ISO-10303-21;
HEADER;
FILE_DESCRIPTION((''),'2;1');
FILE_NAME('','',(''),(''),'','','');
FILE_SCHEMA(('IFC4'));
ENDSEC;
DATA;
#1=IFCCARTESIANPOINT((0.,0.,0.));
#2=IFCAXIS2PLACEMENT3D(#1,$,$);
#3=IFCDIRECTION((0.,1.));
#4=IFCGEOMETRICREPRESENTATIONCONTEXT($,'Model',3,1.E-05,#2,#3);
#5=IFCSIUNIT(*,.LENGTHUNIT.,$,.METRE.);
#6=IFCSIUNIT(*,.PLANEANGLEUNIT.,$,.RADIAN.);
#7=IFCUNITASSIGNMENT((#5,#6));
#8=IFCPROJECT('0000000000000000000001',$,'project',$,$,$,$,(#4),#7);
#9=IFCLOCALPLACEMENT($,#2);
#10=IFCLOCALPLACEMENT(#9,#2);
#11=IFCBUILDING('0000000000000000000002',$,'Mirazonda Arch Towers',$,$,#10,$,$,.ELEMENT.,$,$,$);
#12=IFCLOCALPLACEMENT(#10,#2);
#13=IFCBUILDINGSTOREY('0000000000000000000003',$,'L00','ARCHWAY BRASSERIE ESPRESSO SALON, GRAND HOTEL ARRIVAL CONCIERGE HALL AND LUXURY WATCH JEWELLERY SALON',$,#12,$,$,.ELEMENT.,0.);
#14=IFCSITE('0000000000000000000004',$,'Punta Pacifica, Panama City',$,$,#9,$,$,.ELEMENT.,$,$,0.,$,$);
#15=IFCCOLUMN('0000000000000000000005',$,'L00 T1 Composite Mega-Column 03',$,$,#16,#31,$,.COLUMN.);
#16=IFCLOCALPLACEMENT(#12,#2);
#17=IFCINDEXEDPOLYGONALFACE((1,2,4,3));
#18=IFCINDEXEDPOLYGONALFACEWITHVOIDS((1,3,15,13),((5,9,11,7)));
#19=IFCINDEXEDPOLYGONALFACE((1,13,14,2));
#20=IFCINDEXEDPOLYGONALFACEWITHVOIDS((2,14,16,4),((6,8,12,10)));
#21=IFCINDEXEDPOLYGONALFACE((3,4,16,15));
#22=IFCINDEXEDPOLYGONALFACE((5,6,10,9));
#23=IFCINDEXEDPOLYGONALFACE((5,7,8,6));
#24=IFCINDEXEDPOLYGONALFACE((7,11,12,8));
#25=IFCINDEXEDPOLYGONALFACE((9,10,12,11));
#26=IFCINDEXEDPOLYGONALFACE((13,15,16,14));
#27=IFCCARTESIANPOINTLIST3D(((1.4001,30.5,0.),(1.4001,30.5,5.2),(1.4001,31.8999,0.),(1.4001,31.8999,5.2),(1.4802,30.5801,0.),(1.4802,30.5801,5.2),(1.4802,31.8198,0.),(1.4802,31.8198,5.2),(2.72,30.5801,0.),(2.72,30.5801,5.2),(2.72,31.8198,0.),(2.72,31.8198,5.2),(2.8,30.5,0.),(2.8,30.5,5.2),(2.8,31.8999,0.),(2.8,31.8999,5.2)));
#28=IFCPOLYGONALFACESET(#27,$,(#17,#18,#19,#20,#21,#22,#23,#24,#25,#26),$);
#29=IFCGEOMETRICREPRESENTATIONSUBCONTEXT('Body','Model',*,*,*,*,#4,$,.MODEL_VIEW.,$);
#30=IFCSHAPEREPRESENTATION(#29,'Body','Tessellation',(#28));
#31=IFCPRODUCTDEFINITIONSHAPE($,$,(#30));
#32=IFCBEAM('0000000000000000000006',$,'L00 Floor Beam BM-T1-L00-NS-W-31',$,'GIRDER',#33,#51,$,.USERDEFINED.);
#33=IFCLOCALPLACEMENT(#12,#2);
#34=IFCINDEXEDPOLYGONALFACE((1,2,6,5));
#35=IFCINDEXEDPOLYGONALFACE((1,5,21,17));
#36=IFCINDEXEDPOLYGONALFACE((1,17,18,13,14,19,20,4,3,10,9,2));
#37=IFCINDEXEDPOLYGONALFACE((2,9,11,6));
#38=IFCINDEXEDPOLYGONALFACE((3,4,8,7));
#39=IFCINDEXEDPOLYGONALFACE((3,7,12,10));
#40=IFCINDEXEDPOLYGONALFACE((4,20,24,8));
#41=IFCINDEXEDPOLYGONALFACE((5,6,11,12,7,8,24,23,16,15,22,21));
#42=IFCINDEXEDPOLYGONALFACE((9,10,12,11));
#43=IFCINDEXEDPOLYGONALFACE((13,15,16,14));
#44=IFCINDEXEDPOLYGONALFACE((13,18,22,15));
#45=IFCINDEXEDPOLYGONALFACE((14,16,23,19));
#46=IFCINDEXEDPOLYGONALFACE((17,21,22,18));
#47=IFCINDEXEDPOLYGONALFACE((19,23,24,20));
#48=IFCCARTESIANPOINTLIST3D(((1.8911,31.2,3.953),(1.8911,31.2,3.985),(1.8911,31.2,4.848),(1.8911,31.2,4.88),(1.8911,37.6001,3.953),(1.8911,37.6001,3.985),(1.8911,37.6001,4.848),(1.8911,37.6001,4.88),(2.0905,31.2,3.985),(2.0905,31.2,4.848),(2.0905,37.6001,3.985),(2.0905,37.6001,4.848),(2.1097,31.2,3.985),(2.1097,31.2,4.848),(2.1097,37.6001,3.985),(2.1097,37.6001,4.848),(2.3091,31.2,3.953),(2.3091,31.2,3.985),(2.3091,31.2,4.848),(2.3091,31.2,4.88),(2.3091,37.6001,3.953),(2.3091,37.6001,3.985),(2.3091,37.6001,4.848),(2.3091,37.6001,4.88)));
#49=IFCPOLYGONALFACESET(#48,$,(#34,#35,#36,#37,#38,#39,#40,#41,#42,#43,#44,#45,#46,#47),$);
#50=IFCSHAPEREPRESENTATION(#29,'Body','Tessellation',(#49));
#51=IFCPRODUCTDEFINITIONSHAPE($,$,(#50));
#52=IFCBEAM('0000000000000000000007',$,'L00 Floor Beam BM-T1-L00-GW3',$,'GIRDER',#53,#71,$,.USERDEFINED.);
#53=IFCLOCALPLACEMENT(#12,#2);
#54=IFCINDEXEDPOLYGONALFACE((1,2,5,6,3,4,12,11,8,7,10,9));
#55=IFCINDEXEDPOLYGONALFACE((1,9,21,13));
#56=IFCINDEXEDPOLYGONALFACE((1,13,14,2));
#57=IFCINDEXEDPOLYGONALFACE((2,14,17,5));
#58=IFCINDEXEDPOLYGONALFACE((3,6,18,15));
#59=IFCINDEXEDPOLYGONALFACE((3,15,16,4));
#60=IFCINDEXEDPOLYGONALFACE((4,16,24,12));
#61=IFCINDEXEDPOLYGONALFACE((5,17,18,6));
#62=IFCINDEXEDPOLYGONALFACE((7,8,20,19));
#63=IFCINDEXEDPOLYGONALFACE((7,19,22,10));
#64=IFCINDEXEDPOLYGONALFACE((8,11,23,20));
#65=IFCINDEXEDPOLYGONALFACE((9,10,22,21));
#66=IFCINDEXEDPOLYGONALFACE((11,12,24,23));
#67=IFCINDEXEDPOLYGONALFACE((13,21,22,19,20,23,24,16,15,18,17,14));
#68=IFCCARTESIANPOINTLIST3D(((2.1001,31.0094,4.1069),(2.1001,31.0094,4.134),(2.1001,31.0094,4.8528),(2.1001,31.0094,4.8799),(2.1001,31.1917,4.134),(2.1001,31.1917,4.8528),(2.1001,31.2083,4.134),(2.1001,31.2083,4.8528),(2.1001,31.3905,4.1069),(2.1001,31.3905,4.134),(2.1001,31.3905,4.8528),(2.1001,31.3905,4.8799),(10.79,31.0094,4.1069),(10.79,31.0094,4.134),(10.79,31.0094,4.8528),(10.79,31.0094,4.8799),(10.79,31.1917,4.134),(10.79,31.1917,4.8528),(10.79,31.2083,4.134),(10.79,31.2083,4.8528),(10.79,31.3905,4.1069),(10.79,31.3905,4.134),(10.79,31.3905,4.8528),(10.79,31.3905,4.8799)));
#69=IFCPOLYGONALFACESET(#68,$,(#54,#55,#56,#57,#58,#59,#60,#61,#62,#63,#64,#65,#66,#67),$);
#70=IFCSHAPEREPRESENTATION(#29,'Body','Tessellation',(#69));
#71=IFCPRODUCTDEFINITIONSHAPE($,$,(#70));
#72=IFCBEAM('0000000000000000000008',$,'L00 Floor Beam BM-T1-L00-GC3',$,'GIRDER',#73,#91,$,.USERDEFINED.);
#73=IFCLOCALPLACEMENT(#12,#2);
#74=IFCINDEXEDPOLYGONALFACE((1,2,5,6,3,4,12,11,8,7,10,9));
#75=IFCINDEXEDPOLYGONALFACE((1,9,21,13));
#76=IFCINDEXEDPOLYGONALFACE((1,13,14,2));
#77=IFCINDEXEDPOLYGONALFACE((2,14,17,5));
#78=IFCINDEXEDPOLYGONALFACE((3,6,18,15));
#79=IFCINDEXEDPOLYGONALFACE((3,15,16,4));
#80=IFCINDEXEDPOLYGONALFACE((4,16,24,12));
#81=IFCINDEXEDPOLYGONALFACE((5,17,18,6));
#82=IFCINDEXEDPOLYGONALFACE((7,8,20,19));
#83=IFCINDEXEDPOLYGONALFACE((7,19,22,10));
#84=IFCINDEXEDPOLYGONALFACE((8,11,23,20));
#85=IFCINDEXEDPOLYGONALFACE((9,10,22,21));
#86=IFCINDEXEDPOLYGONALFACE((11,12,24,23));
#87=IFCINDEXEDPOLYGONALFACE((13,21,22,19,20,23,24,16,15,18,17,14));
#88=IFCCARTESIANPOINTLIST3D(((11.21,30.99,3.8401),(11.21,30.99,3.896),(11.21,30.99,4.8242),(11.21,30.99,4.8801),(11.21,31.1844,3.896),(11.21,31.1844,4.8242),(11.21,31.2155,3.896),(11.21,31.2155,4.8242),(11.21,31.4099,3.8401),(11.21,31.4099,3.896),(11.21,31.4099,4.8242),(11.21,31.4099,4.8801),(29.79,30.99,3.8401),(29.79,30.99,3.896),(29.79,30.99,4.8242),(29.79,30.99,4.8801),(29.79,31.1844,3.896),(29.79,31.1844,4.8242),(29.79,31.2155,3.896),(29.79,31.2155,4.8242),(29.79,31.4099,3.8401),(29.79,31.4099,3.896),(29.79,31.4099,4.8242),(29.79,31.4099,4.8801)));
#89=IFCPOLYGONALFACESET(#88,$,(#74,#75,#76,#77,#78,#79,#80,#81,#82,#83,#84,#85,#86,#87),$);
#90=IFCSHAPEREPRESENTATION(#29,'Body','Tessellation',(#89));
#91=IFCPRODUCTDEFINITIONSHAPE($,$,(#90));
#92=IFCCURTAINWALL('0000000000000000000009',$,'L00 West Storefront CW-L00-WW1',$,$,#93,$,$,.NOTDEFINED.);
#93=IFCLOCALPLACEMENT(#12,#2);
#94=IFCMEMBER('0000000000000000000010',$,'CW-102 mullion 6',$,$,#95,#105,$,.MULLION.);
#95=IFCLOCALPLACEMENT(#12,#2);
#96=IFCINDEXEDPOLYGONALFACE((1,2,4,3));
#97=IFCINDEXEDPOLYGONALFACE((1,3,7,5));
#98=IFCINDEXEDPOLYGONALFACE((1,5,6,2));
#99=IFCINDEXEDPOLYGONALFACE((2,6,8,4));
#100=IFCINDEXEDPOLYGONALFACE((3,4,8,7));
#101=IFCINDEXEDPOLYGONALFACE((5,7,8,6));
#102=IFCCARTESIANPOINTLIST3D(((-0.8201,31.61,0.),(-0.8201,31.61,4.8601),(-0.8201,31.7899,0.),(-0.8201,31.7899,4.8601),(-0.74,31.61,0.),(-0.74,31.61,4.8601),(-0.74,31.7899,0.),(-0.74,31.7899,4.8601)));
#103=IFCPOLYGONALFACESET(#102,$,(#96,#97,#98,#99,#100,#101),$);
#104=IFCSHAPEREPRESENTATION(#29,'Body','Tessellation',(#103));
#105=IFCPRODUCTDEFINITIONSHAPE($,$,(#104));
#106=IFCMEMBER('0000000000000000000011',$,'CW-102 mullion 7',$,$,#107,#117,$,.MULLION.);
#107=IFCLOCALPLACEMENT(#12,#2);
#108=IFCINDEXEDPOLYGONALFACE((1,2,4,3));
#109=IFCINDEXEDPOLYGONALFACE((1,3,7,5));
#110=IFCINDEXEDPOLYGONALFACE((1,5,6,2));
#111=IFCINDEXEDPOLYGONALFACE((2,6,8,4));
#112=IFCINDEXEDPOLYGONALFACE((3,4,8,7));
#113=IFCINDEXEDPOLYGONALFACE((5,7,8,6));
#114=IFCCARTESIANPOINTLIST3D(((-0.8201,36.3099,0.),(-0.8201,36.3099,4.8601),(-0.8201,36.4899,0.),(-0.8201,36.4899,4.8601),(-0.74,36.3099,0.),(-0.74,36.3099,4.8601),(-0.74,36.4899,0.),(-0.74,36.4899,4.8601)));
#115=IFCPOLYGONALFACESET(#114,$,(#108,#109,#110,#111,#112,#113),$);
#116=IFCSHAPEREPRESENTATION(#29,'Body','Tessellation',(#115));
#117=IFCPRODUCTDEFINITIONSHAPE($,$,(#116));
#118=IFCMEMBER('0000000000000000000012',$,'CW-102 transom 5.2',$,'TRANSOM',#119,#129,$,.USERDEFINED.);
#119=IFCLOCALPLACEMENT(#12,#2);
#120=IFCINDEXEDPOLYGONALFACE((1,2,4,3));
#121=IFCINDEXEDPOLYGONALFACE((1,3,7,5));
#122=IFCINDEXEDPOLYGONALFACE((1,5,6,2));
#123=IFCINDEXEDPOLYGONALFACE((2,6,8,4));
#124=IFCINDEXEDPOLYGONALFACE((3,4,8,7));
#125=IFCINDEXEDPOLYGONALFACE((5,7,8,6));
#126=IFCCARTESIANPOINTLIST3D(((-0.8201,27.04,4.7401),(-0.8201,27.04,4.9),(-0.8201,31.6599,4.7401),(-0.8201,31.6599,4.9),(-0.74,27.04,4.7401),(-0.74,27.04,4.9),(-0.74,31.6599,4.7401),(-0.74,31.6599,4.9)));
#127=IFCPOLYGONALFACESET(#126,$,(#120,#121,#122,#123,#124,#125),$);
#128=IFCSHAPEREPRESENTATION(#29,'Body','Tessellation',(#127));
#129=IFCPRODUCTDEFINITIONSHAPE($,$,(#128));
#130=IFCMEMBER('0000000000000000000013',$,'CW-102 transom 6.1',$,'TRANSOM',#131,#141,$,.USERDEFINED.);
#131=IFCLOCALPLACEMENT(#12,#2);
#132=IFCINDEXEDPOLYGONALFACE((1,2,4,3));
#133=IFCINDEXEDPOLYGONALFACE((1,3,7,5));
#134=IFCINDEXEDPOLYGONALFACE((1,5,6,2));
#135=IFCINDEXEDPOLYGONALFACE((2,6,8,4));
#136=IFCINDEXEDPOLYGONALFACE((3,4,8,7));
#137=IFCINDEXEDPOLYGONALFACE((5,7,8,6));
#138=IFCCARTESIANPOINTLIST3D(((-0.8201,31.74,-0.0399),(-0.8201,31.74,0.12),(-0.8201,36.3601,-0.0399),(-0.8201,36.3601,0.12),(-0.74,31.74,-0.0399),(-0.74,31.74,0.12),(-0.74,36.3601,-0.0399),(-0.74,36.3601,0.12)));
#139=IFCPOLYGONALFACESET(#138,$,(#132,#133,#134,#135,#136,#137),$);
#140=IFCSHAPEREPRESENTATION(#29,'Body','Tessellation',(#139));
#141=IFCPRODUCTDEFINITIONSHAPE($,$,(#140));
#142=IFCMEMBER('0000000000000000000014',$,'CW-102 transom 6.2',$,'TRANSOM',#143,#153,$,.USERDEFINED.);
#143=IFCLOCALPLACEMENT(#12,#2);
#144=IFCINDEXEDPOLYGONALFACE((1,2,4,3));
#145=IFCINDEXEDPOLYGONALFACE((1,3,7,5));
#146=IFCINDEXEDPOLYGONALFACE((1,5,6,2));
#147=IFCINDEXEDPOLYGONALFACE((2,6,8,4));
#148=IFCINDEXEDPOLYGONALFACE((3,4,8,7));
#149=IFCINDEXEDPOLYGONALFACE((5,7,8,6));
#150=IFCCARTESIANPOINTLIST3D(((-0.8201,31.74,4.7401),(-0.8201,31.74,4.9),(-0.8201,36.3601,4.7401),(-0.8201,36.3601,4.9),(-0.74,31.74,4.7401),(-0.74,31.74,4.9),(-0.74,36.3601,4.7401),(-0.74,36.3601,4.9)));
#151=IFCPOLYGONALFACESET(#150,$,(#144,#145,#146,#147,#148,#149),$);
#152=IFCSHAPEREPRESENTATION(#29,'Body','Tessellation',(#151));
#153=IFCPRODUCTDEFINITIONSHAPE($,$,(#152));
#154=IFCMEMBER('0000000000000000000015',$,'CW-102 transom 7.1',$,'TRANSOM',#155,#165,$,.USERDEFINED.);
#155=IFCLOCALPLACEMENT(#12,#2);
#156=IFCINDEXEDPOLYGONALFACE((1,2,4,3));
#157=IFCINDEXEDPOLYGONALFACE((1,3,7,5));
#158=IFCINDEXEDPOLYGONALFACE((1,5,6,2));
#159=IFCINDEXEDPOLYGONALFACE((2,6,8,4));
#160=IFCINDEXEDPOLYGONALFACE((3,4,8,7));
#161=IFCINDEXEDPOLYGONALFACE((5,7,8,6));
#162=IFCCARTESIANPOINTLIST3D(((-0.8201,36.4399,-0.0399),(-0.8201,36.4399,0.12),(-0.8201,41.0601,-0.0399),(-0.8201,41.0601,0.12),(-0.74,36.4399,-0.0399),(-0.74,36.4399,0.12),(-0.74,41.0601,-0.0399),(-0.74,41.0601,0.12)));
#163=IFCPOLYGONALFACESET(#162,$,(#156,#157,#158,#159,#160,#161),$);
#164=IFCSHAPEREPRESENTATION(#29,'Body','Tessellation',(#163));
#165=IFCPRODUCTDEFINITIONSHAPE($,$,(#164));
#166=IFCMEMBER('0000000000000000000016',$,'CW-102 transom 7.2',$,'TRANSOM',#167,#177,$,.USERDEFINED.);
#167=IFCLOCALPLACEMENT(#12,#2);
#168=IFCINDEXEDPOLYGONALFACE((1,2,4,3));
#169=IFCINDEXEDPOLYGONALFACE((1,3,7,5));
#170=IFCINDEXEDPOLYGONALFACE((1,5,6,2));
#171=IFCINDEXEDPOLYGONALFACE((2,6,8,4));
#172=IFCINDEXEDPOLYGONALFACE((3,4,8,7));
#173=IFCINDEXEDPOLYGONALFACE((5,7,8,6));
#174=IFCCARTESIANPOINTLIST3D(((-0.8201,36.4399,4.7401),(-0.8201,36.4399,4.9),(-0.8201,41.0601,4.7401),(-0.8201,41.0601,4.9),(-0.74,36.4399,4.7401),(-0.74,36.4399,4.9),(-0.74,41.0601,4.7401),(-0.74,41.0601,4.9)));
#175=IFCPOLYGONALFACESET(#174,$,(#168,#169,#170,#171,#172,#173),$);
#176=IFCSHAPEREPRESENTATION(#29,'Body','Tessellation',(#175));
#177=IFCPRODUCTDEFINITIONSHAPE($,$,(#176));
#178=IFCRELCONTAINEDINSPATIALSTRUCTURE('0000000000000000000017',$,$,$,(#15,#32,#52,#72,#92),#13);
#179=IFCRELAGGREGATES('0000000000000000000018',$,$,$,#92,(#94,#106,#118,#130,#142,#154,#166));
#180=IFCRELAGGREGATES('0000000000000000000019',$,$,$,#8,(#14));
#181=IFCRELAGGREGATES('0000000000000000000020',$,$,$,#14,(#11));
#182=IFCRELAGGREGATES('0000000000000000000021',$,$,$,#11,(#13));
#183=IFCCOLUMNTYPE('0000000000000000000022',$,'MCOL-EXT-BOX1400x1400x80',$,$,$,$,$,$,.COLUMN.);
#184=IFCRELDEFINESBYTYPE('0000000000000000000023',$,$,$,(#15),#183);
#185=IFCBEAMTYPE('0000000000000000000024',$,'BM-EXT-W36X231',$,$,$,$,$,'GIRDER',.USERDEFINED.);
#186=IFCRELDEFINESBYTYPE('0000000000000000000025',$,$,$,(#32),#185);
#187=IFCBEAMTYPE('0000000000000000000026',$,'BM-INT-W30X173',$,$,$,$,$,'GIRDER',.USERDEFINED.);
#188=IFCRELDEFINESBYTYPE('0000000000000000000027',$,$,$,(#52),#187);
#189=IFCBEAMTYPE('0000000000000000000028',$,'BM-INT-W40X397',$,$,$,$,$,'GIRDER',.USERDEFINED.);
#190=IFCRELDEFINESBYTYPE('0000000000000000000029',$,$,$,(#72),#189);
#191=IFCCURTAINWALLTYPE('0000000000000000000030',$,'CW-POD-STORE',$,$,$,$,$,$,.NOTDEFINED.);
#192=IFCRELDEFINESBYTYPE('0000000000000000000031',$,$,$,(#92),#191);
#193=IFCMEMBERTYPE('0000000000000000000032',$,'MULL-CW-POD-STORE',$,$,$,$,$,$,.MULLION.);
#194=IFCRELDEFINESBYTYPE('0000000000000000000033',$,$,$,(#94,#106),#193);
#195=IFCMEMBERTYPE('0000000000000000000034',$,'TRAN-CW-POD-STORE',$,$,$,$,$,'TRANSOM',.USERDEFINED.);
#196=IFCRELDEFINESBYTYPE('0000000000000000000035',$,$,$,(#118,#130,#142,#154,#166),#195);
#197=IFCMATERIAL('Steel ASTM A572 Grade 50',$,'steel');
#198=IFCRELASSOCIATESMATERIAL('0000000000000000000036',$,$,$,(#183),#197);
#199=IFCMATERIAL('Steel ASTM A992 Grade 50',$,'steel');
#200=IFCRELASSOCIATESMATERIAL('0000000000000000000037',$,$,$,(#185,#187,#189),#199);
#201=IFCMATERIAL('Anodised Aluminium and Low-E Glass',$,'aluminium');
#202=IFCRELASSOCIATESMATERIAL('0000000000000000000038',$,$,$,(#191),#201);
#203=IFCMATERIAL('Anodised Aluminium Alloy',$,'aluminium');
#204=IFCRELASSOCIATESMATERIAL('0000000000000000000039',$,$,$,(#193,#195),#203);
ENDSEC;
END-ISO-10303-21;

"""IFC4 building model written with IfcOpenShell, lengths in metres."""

from ifc_helpers import new_model, si_unit, direction, frame, origin, origin_2d, place, context, subcontext, project, spatial, rectangle, hollow_rectangle, i_section, extrude, material, material_profile, profile_set, type_object, element, aggregate, save


model = new_model("IFC4")

# Units and contexts
model_context = context("Model", 3, precision=1e-05, world=origin(), true_north=direction((0.0, 1.0)))
body_context = subcontext(model_context, "Body", "Model", "MODEL_VIEW")
ifc_project = project(units=[si_unit("LENGTHUNIT", "METRE"), si_unit("PLANEANGLEUNIT", "RADIAN")], contexts=[model_context])

# Site, building, storey
site_placement = place(None, origin())
site = spatial("IfcSite", under=ifc_project, at=site_placement, Name="Punta Pacifica, Panama City", CompositionType="ELEMENT", RefElevation=0.0)
building_placement = place(site_placement, origin())
building = spatial("IfcBuilding", under=site, at=building_placement, Name="Mirazonda Arch Towers", CompositionType="ELEMENT")
storey_placement = place(building_placement, origin())
storey = spatial("IfcBuildingStorey", under=building, at=storey_placement, Name="L00", Description="ARCHWAY BRASSERIE ESPRESSO SALON, GRAND HOTEL ARRIVAL CONCIERGE HALL AND LUXURY WATCH JEWELLERY SALON", CompositionType="ELEMENT", Elevation=0.0)

# Column
ifc_material_1 = material(Name="Steel ASTM A572 Grade 50", Category="steel")
ifc_material_profile_1 = material_profile(ifc_material_1, hollow_rectangle(XDim=1.3999, YDim=1.3999, WallThickness=0.0801, at=origin_2d()), Name="BOX1400x1400x80")
ifc_profile_set_1 = profile_set([ifc_material_profile_1], Name="Steel ASTM A572 Grade 50")
column_type = type_object("IfcColumnType", Name="MCOL-EXT-BOX1400x1400x80", PredefinedType="COLUMN", material=ifc_profile_set_1)
column_placement = place(storey_placement, frame((2.1001, 31.2, 0.0), z_axis=(0.0, 0.0, 1.0), x_axis=(1.0, 0.0, 0.0)))
element("IfcColumn", 1, at=column_placement, inside=storey, type_object=column_type, Name="L00 T1 Composite Mega-Column 03", PredefinedType="COLUMN", context=body_context, shape_type="SweptSolid", body=[
    extrude(hollow_rectangle(XDim=1.3999, YDim=1.3999, WallThickness=0.0801, at=origin_2d()), origin(), (0.0, 0.0, 1.0), 5.2),
])

# Beams
ifc_material_2 = material(Name="Steel ASTM A992 Grade 50", Category="steel")
ifc_material_profile_2 = material_profile(ifc_material_2, i_section(OverallWidth=0.418, OverallDepth=0.927, WebThickness=0.0193, FlangeThickness=0.032, at=origin_2d()), Name="W36X231")
ifc_profile_set_2 = profile_set([ifc_material_profile_2], Name="Steel ASTM A992 Grade 50")
beam_type_1 = type_object("IfcBeamType", Name="BM-EXT-W36X231", ElementType="GIRDER", PredefinedType="USERDEFINED", material=ifc_profile_set_2)
beam_1_placement = place(storey_placement, frame((2.1001, 31.2, 4.4165), z_axis=(0.0, 1.0, 0.0), x_axis=(-1.0, 0.0, 0.0)))
element("IfcBeam", 2, at=beam_1_placement, inside=storey, type_object=beam_type_1, Name="L00 Floor Beam BM-T1-L00-NS-W-31", ObjectType="GIRDER", PredefinedType="USERDEFINED", context=body_context, shape_type="SweptSolid", body=[
    extrude(i_section(OverallWidth=0.418, OverallDepth=0.927, WebThickness=0.0193, FlangeThickness=0.032, at=origin_2d()), origin(), (0.0, 0.0, 1.0), 6.4001),
])
ifc_material_profile_3 = material_profile(ifc_material_2, i_section(OverallWidth=0.3811, OverallDepth=0.7729, WebThickness=0.0166, FlangeThickness=0.0271, at=origin_2d()), Name="W30X173")
ifc_profile_set_3 = profile_set([ifc_material_profile_3], Name="Steel ASTM A992 Grade 50")
beam_type_2 = type_object("IfcBeamType", Name="BM-INT-W30X173", ElementType="GIRDER", PredefinedType="USERDEFINED", material=ifc_profile_set_3)
beam_2_placement = place(storey_placement, frame((2.1001, 31.2, 4.4934), z_axis=(1.0, 0.0, 0.0), x_axis=(0.0, 1.0, 0.0)))
element("IfcBeam", 3, at=beam_2_placement, inside=storey, type_object=beam_type_2, Name="L00 Floor Beam BM-T1-L00-GW3", ObjectType="GIRDER", PredefinedType="USERDEFINED", context=body_context, shape_type="SweptSolid", body=[
    extrude(i_section(OverallWidth=0.3811, OverallDepth=0.7729, WebThickness=0.0166, FlangeThickness=0.0271, at=origin_2d()), origin(), (0.0, 0.0, 1.0), 8.6899),
])
ifc_material_profile_4 = material_profile(ifc_material_2, i_section(OverallWidth=0.4199, OverallDepth=1.04, WebThickness=0.031, FlangeThickness=0.0559, at=origin_2d()), Name="W40X397")
ifc_profile_set_4 = profile_set([ifc_material_profile_4], Name="Steel ASTM A992 Grade 50")
beam_type_3 = type_object("IfcBeamType", Name="BM-INT-W40X397", ElementType="GIRDER", PredefinedType="USERDEFINED", material=ifc_profile_set_4)
beam_3_placement = place(storey_placement, frame((11.21, 31.2, 4.3601), z_axis=(1.0, 0.0, 0.0), x_axis=(0.0, 1.0, 0.0)))
element("IfcBeam", 4, at=beam_3_placement, inside=storey, type_object=beam_type_3, Name="L00 Floor Beam BM-T1-L00-GC3", ObjectType="GIRDER", PredefinedType="USERDEFINED", context=body_context, shape_type="SweptSolid", body=[
    extrude(i_section(OverallWidth=0.4199, OverallDepth=1.04, WebThickness=0.031, FlangeThickness=0.0559, at=origin_2d()), origin(), (0.0, 0.0, 1.0), 18.5801),
])

# Curtain wall, members
ifc_material_3 = material(Name="Anodised Aluminium and Low-E Glass", Category="aluminium")
curtain_wall_type = type_object("IfcCurtainWallType", Name="CW-POD-STORE", PredefinedType="NOTDEFINED", material=ifc_material_3)
curtain_wall_placement = place(storey_placement, origin())
curtain_wall = element("IfcCurtainWall", 5, at=curtain_wall_placement, inside=storey, type_object=curtain_wall_type, Name="L00 West Storefront CW-L00-WW1", PredefinedType="NOTDEFINED")
ifc_material_4 = material(Name="Anodised Aluminium Alloy", Category="aluminium")
ifc_material_profile_5 = material_profile(ifc_material_4, rectangle(XDim=0.0801, YDim=0.1799, at=origin_2d()), Name="ALU-MULL-80x180")
ifc_profile_set_5 = profile_set([ifc_material_profile_5], Name="Anodised Aluminium Alloy")
member_type_1 = type_object("IfcMemberType", Name="MULL-CW-POD-STORE", PredefinedType="MULLION", material=ifc_profile_set_5)
member_1_placement = place(storey_placement, frame((-0.78, 31.7, 0.0), z_axis=(0.0, 0.0, 1.0), x_axis=(-1.0, 0.0, 0.0)))
member_1 = element("IfcMember", 6, at=member_1_placement, type_object=member_type_1, Name="CW-102 mullion 6", PredefinedType="MULLION", context=body_context, shape_type="SweptSolid", body=[
    extrude(rectangle(XDim=0.0801, YDim=0.1799, at=origin_2d()), origin(), (0.0, 0.0, 1.0), 4.8601),
])
member_2_placement = place(storey_placement, frame((-0.78, 36.3999, 0.0), z_axis=(0.0, 0.0, 1.0), x_axis=(-1.0, 0.0, 0.0)))
member_2 = element("IfcMember", 7, at=member_2_placement, type_object=member_type_1, Name="CW-102 mullion 7", PredefinedType="MULLION", context=body_context, shape_type="SweptSolid", body=[
    extrude(rectangle(XDim=0.0801, YDim=0.1799, at=origin_2d()), origin(), (0.0, 0.0, 1.0), 4.8601),
])
ifc_material_profile_6 = material_profile(ifc_material_4, rectangle(XDim=0.0801, YDim=0.1599, at=origin_2d()), Name="ALU-TRAN-80x160")
ifc_profile_set_6 = profile_set([ifc_material_profile_6], Name="Anodised Aluminium Alloy")
member_type_2 = type_object("IfcMemberType", Name="TRAN-CW-POD-STORE", ElementType="TRANSOM", PredefinedType="USERDEFINED", material=ifc_profile_set_6)
member_3_placement = place(storey_placement, frame((-0.78, 27.04, 4.8201), z_axis=(0.0, 1.0, 0.0), x_axis=(-1.0, 0.0, 0.0)))
member_3 = element("IfcMember", 8, at=member_3_placement, type_object=member_type_2, Name="CW-102 transom 5.2", ObjectType="TRANSOM", PredefinedType="USERDEFINED", context=body_context, shape_type="SweptSolid", body=[
    extrude(rectangle(XDim=0.0801, YDim=0.1599, at=origin_2d()), origin(), (0.0, 0.0, 1.0), 4.6199),
])
member_4_placement = place(storey_placement, frame((-0.78, 31.74, 0.04), z_axis=(0.0, 1.0, 0.0), x_axis=(-1.0, 0.0, 0.0)))
member_4 = element("IfcMember", 9, at=member_4_placement, type_object=member_type_2, Name="CW-102 transom 6.1", ObjectType="TRANSOM", PredefinedType="USERDEFINED", context=body_context, shape_type="SweptSolid", body=[
    extrude(rectangle(XDim=0.0801, YDim=0.1599, at=origin_2d()), origin(), (0.0, 0.0, 1.0), 4.6201),
])
member_5_placement = place(storey_placement, frame((-0.78, 31.74, 4.8201), z_axis=(0.0, 1.0, 0.0), x_axis=(-1.0, 0.0, 0.0)))
member_5 = element("IfcMember", 10, at=member_5_placement, type_object=member_type_2, Name="CW-102 transom 6.2", ObjectType="TRANSOM", PredefinedType="USERDEFINED", context=body_context, shape_type="SweptSolid", body=[
    extrude(rectangle(XDim=0.0801, YDim=0.1599, at=origin_2d()), origin(), (0.0, 0.0, 1.0), 4.6201),
])
member_6_placement = place(storey_placement, frame((-0.78, 36.4399, 0.04), z_axis=(0.0, 1.0, 0.0), x_axis=(-1.0, 0.0, 0.0)))
member_6 = element("IfcMember", 11, at=member_6_placement, type_object=member_type_2, Name="CW-102 transom 7.1", ObjectType="TRANSOM", PredefinedType="USERDEFINED", context=body_context, shape_type="SweptSolid", body=[
    extrude(rectangle(XDim=0.0801, YDim=0.1599, at=origin_2d()), origin(), (0.0, 0.0, 1.0), 4.6201),
])
member_7_placement = place(storey_placement, frame((-0.78, 36.4399, 4.8201), z_axis=(0.0, 1.0, 0.0), x_axis=(-1.0, 0.0, 0.0)))
member_7 = element("IfcMember", 12, at=member_7_placement, type_object=member_type_2, Name="CW-102 transom 7.2", ObjectType="TRANSOM", PredefinedType="USERDEFINED", context=body_context, shape_type="SweptSolid", body=[
    extrude(rectangle(XDim=0.0801, YDim=0.1599, at=origin_2d()), origin(), (0.0, 0.0, 1.0), 4.6201),
])
aggregate(curtain_wall, [member_1, member_2, member_3, member_4, member_5, member_6, member_7])

save(model, "model.ifc")
